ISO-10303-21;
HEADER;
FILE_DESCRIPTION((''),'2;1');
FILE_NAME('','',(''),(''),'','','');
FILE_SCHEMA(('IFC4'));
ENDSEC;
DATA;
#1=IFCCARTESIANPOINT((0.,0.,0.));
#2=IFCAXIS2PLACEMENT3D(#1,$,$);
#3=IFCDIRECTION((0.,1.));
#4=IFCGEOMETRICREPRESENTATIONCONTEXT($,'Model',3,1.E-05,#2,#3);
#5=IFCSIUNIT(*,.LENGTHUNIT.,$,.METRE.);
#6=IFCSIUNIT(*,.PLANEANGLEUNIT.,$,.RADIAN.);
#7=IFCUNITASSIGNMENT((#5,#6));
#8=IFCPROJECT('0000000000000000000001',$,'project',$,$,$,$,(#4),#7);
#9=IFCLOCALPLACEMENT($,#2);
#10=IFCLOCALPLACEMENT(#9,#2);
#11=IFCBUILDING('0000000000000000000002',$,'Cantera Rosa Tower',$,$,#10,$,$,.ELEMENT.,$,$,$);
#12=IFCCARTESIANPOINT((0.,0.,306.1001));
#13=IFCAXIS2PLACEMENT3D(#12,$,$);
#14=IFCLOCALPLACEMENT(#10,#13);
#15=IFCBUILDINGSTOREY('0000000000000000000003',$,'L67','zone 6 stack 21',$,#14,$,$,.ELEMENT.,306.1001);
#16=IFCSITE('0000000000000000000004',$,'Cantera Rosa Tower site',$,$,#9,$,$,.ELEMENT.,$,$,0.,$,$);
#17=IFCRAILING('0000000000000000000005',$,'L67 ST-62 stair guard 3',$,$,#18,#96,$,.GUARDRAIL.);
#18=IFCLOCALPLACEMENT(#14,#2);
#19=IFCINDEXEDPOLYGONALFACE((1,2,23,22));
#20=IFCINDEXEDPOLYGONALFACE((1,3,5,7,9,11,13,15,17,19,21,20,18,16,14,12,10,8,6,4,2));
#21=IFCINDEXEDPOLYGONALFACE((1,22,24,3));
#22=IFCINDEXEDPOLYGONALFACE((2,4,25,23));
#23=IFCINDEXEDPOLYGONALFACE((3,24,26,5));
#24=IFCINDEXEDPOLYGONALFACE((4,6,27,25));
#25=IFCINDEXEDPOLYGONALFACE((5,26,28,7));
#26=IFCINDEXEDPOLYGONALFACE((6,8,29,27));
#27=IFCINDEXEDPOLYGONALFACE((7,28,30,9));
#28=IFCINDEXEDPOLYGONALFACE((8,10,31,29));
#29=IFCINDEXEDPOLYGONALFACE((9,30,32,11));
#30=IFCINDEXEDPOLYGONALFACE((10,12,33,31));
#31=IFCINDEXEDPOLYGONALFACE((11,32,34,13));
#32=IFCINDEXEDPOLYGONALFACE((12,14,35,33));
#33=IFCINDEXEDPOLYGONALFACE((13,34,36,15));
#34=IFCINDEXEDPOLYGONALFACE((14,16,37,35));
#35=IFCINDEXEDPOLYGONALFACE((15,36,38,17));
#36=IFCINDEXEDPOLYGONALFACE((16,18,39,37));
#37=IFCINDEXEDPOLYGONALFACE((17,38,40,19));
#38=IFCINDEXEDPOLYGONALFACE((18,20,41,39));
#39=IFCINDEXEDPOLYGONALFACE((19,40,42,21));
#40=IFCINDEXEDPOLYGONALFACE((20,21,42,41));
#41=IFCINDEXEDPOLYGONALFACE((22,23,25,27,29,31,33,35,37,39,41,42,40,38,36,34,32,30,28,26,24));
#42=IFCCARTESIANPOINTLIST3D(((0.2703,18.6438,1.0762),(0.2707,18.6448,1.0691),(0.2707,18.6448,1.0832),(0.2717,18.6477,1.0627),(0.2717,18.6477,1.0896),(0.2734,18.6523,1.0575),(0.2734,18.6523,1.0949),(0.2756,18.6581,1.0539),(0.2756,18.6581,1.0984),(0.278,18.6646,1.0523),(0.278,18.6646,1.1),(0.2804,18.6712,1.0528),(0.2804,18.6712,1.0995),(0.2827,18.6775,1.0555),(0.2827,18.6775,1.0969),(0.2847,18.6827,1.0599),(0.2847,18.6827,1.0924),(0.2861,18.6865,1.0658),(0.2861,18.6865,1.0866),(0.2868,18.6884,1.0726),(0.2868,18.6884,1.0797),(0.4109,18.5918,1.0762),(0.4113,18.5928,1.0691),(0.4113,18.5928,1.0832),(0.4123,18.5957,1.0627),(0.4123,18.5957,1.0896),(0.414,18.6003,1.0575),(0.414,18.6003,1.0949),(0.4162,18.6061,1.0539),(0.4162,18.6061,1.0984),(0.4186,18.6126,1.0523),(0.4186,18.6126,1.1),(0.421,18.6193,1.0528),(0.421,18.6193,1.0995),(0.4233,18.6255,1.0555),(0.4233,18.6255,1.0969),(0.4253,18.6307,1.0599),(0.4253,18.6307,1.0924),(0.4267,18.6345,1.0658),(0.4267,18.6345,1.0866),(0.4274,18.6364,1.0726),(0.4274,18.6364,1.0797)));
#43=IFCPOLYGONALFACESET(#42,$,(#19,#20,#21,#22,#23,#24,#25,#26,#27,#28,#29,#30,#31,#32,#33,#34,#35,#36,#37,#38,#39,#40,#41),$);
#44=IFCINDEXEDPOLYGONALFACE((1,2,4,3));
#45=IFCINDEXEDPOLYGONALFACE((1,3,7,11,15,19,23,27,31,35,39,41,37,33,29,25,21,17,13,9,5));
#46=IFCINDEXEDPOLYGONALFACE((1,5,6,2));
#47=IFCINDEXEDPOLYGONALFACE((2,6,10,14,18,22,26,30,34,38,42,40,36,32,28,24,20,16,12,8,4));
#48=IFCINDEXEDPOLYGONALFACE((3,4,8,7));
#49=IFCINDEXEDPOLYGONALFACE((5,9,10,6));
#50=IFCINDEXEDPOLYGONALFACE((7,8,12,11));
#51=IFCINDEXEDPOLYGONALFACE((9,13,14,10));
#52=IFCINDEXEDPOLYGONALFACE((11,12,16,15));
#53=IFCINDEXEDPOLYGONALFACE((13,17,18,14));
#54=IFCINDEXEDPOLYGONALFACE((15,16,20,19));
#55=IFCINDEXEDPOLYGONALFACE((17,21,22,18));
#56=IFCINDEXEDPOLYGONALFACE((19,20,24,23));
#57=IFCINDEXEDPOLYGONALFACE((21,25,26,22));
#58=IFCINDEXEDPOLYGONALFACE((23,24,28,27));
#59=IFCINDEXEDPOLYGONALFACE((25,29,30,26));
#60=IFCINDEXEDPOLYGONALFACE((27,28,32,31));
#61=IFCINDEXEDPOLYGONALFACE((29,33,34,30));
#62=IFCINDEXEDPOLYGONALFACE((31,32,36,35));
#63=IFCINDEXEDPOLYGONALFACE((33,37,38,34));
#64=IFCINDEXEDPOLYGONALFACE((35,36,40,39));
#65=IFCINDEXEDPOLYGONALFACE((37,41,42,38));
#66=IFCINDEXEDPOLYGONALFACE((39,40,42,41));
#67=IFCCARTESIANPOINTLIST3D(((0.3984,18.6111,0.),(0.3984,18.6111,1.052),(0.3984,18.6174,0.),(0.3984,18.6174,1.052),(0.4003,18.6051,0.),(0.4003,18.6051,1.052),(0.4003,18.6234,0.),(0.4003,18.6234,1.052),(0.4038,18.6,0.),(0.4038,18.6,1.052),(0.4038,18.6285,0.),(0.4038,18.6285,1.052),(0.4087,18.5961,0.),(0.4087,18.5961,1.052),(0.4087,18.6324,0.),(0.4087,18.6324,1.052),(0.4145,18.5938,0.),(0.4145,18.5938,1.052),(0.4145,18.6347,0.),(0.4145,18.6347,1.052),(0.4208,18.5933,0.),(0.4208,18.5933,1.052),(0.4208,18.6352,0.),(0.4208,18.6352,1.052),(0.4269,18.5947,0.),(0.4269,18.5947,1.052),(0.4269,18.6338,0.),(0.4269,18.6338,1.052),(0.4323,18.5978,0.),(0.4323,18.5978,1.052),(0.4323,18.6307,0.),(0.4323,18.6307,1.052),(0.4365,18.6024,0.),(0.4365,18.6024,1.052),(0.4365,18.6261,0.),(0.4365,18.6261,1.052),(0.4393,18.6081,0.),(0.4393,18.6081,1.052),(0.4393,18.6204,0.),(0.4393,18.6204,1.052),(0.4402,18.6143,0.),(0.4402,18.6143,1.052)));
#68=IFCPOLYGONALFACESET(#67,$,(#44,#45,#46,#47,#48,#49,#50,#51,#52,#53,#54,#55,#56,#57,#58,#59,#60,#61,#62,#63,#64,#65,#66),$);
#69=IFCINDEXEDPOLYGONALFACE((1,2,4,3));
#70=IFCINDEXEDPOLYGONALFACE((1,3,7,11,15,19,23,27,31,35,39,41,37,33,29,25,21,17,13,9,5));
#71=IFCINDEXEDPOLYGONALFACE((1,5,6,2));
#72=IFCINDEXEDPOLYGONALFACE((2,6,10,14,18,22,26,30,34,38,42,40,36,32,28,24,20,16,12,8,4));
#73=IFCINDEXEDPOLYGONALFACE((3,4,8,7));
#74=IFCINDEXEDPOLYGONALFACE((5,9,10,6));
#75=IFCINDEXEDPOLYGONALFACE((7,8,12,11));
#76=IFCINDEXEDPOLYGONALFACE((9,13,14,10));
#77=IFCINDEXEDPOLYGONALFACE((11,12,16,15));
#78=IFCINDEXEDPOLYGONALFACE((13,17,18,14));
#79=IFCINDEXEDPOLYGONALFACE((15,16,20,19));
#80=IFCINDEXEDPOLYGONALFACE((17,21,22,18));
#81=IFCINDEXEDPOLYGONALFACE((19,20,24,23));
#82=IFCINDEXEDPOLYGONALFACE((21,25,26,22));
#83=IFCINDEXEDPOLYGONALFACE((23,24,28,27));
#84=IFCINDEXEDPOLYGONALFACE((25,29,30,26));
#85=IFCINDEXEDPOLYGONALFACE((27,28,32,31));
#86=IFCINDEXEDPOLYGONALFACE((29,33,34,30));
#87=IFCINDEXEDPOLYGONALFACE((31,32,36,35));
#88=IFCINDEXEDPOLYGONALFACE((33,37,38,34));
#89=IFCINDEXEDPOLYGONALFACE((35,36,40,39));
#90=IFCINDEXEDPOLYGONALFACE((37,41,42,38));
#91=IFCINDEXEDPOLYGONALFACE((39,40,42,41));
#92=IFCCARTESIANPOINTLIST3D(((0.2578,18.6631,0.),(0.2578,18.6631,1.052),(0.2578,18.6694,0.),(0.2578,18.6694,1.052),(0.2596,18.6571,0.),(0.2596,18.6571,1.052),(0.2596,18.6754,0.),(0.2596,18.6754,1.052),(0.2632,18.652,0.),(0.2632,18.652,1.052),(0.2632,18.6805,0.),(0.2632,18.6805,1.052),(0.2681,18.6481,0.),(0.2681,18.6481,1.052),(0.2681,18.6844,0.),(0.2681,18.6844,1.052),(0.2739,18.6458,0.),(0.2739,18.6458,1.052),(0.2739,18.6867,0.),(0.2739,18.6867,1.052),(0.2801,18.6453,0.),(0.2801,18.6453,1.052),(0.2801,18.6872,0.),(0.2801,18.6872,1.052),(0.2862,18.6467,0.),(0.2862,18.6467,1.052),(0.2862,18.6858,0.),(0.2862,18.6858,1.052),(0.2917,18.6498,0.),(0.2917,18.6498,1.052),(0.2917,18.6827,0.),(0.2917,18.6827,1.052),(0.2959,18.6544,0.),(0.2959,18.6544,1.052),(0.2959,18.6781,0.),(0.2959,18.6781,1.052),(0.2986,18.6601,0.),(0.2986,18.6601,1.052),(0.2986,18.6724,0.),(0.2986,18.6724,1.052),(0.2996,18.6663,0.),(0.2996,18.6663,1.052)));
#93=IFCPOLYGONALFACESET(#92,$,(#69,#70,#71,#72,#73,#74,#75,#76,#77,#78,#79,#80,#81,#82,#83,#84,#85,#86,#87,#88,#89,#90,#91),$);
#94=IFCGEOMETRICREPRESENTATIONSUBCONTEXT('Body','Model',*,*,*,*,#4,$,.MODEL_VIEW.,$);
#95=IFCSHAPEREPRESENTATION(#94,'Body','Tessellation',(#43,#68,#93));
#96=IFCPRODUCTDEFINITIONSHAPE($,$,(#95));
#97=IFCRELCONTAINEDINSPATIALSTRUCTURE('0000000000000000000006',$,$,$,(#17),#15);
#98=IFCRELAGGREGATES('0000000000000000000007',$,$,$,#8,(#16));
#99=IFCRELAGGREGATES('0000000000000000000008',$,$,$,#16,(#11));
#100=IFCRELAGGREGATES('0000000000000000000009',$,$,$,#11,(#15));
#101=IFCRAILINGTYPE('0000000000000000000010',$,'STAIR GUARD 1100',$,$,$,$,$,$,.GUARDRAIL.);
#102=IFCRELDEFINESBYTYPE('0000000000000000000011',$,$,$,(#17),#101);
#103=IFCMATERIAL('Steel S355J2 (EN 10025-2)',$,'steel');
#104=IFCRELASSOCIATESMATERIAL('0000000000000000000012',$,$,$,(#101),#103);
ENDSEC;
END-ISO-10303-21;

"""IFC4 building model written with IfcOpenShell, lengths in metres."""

from ifc_helpers import new_model, si_unit, direction, frame, origin, origin_2d, place, context, subcontext, project, spatial, circle, extrude, material, type_object, element, save


model = new_model("IFC4")

# Units and contexts
model_context = context("Model", 3, precision=1e-05, world=origin(), true_north=direction((0.0, 1.0)))
body_context = subcontext(model_context, "Body", "Model", "MODEL_VIEW")
ifc_project = project(units=[si_unit("LENGTHUNIT", "METRE"), si_unit("PLANEANGLEUNIT", "RADIAN")], contexts=[model_context])

# Site, building, storey
site_placement = place(None, origin())
site = spatial("IfcSite", under=ifc_project, at=site_placement, Name="Cantera Rosa Tower site", CompositionType="ELEMENT", RefElevation=0.0)
building_placement = place(site_placement, origin())
building = spatial("IfcBuilding", under=site, at=building_placement, Name="Cantera Rosa Tower", CompositionType="ELEMENT")
storey_placement = place(building_placement, frame((0.0, 0.0, 306.1001)))
storey = spatial("IfcBuildingStorey", under=building, at=storey_placement, Name="L67", Description="zone 6 stack 21", CompositionType="ELEMENT", Elevation=306.1001)

# Railing
ifc_material_1 = material(Name="Steel S355J2 (EN 10025-2)", Category="steel")
railing_type_1 = type_object("IfcRailingType", Name="STAIR GUARD 1100", PredefinedType="GUARDRAIL", material=ifc_material_1)
railing_1_placement = place(storey_placement, frame((0.4192, 18.6143, 0.0)))
element("IfcRailing", 1, at=railing_1_placement, inside=storey, type_object=railing_type_1, Name="L67 ST-62 stair guard 3", PredefinedType="GUARDRAIL", context=body_context, shape_type="SweptSolid", body=[
    extrude(circle(Radius=0.0239, at=origin_2d()), frame((0.0, 0.0, 1.0762), z_axis=(-0.937925, 0.346837, 0.0), x_axis=(-0.346837, -0.937925, 0.0)), (0.0, 0.0, 1.0), 0.1499),
    extrude(circle(Radius=0.021, at=origin_2d()), origin(), (0.0, 0.0, 1.0), 1.052),
    extrude(circle(Radius=0.021, at=origin_2d()), frame((-0.1406, 0.052, 0.0)), (0.0, 0.0, 1.0), 1.052),
])

save(model, "model.ifc")
